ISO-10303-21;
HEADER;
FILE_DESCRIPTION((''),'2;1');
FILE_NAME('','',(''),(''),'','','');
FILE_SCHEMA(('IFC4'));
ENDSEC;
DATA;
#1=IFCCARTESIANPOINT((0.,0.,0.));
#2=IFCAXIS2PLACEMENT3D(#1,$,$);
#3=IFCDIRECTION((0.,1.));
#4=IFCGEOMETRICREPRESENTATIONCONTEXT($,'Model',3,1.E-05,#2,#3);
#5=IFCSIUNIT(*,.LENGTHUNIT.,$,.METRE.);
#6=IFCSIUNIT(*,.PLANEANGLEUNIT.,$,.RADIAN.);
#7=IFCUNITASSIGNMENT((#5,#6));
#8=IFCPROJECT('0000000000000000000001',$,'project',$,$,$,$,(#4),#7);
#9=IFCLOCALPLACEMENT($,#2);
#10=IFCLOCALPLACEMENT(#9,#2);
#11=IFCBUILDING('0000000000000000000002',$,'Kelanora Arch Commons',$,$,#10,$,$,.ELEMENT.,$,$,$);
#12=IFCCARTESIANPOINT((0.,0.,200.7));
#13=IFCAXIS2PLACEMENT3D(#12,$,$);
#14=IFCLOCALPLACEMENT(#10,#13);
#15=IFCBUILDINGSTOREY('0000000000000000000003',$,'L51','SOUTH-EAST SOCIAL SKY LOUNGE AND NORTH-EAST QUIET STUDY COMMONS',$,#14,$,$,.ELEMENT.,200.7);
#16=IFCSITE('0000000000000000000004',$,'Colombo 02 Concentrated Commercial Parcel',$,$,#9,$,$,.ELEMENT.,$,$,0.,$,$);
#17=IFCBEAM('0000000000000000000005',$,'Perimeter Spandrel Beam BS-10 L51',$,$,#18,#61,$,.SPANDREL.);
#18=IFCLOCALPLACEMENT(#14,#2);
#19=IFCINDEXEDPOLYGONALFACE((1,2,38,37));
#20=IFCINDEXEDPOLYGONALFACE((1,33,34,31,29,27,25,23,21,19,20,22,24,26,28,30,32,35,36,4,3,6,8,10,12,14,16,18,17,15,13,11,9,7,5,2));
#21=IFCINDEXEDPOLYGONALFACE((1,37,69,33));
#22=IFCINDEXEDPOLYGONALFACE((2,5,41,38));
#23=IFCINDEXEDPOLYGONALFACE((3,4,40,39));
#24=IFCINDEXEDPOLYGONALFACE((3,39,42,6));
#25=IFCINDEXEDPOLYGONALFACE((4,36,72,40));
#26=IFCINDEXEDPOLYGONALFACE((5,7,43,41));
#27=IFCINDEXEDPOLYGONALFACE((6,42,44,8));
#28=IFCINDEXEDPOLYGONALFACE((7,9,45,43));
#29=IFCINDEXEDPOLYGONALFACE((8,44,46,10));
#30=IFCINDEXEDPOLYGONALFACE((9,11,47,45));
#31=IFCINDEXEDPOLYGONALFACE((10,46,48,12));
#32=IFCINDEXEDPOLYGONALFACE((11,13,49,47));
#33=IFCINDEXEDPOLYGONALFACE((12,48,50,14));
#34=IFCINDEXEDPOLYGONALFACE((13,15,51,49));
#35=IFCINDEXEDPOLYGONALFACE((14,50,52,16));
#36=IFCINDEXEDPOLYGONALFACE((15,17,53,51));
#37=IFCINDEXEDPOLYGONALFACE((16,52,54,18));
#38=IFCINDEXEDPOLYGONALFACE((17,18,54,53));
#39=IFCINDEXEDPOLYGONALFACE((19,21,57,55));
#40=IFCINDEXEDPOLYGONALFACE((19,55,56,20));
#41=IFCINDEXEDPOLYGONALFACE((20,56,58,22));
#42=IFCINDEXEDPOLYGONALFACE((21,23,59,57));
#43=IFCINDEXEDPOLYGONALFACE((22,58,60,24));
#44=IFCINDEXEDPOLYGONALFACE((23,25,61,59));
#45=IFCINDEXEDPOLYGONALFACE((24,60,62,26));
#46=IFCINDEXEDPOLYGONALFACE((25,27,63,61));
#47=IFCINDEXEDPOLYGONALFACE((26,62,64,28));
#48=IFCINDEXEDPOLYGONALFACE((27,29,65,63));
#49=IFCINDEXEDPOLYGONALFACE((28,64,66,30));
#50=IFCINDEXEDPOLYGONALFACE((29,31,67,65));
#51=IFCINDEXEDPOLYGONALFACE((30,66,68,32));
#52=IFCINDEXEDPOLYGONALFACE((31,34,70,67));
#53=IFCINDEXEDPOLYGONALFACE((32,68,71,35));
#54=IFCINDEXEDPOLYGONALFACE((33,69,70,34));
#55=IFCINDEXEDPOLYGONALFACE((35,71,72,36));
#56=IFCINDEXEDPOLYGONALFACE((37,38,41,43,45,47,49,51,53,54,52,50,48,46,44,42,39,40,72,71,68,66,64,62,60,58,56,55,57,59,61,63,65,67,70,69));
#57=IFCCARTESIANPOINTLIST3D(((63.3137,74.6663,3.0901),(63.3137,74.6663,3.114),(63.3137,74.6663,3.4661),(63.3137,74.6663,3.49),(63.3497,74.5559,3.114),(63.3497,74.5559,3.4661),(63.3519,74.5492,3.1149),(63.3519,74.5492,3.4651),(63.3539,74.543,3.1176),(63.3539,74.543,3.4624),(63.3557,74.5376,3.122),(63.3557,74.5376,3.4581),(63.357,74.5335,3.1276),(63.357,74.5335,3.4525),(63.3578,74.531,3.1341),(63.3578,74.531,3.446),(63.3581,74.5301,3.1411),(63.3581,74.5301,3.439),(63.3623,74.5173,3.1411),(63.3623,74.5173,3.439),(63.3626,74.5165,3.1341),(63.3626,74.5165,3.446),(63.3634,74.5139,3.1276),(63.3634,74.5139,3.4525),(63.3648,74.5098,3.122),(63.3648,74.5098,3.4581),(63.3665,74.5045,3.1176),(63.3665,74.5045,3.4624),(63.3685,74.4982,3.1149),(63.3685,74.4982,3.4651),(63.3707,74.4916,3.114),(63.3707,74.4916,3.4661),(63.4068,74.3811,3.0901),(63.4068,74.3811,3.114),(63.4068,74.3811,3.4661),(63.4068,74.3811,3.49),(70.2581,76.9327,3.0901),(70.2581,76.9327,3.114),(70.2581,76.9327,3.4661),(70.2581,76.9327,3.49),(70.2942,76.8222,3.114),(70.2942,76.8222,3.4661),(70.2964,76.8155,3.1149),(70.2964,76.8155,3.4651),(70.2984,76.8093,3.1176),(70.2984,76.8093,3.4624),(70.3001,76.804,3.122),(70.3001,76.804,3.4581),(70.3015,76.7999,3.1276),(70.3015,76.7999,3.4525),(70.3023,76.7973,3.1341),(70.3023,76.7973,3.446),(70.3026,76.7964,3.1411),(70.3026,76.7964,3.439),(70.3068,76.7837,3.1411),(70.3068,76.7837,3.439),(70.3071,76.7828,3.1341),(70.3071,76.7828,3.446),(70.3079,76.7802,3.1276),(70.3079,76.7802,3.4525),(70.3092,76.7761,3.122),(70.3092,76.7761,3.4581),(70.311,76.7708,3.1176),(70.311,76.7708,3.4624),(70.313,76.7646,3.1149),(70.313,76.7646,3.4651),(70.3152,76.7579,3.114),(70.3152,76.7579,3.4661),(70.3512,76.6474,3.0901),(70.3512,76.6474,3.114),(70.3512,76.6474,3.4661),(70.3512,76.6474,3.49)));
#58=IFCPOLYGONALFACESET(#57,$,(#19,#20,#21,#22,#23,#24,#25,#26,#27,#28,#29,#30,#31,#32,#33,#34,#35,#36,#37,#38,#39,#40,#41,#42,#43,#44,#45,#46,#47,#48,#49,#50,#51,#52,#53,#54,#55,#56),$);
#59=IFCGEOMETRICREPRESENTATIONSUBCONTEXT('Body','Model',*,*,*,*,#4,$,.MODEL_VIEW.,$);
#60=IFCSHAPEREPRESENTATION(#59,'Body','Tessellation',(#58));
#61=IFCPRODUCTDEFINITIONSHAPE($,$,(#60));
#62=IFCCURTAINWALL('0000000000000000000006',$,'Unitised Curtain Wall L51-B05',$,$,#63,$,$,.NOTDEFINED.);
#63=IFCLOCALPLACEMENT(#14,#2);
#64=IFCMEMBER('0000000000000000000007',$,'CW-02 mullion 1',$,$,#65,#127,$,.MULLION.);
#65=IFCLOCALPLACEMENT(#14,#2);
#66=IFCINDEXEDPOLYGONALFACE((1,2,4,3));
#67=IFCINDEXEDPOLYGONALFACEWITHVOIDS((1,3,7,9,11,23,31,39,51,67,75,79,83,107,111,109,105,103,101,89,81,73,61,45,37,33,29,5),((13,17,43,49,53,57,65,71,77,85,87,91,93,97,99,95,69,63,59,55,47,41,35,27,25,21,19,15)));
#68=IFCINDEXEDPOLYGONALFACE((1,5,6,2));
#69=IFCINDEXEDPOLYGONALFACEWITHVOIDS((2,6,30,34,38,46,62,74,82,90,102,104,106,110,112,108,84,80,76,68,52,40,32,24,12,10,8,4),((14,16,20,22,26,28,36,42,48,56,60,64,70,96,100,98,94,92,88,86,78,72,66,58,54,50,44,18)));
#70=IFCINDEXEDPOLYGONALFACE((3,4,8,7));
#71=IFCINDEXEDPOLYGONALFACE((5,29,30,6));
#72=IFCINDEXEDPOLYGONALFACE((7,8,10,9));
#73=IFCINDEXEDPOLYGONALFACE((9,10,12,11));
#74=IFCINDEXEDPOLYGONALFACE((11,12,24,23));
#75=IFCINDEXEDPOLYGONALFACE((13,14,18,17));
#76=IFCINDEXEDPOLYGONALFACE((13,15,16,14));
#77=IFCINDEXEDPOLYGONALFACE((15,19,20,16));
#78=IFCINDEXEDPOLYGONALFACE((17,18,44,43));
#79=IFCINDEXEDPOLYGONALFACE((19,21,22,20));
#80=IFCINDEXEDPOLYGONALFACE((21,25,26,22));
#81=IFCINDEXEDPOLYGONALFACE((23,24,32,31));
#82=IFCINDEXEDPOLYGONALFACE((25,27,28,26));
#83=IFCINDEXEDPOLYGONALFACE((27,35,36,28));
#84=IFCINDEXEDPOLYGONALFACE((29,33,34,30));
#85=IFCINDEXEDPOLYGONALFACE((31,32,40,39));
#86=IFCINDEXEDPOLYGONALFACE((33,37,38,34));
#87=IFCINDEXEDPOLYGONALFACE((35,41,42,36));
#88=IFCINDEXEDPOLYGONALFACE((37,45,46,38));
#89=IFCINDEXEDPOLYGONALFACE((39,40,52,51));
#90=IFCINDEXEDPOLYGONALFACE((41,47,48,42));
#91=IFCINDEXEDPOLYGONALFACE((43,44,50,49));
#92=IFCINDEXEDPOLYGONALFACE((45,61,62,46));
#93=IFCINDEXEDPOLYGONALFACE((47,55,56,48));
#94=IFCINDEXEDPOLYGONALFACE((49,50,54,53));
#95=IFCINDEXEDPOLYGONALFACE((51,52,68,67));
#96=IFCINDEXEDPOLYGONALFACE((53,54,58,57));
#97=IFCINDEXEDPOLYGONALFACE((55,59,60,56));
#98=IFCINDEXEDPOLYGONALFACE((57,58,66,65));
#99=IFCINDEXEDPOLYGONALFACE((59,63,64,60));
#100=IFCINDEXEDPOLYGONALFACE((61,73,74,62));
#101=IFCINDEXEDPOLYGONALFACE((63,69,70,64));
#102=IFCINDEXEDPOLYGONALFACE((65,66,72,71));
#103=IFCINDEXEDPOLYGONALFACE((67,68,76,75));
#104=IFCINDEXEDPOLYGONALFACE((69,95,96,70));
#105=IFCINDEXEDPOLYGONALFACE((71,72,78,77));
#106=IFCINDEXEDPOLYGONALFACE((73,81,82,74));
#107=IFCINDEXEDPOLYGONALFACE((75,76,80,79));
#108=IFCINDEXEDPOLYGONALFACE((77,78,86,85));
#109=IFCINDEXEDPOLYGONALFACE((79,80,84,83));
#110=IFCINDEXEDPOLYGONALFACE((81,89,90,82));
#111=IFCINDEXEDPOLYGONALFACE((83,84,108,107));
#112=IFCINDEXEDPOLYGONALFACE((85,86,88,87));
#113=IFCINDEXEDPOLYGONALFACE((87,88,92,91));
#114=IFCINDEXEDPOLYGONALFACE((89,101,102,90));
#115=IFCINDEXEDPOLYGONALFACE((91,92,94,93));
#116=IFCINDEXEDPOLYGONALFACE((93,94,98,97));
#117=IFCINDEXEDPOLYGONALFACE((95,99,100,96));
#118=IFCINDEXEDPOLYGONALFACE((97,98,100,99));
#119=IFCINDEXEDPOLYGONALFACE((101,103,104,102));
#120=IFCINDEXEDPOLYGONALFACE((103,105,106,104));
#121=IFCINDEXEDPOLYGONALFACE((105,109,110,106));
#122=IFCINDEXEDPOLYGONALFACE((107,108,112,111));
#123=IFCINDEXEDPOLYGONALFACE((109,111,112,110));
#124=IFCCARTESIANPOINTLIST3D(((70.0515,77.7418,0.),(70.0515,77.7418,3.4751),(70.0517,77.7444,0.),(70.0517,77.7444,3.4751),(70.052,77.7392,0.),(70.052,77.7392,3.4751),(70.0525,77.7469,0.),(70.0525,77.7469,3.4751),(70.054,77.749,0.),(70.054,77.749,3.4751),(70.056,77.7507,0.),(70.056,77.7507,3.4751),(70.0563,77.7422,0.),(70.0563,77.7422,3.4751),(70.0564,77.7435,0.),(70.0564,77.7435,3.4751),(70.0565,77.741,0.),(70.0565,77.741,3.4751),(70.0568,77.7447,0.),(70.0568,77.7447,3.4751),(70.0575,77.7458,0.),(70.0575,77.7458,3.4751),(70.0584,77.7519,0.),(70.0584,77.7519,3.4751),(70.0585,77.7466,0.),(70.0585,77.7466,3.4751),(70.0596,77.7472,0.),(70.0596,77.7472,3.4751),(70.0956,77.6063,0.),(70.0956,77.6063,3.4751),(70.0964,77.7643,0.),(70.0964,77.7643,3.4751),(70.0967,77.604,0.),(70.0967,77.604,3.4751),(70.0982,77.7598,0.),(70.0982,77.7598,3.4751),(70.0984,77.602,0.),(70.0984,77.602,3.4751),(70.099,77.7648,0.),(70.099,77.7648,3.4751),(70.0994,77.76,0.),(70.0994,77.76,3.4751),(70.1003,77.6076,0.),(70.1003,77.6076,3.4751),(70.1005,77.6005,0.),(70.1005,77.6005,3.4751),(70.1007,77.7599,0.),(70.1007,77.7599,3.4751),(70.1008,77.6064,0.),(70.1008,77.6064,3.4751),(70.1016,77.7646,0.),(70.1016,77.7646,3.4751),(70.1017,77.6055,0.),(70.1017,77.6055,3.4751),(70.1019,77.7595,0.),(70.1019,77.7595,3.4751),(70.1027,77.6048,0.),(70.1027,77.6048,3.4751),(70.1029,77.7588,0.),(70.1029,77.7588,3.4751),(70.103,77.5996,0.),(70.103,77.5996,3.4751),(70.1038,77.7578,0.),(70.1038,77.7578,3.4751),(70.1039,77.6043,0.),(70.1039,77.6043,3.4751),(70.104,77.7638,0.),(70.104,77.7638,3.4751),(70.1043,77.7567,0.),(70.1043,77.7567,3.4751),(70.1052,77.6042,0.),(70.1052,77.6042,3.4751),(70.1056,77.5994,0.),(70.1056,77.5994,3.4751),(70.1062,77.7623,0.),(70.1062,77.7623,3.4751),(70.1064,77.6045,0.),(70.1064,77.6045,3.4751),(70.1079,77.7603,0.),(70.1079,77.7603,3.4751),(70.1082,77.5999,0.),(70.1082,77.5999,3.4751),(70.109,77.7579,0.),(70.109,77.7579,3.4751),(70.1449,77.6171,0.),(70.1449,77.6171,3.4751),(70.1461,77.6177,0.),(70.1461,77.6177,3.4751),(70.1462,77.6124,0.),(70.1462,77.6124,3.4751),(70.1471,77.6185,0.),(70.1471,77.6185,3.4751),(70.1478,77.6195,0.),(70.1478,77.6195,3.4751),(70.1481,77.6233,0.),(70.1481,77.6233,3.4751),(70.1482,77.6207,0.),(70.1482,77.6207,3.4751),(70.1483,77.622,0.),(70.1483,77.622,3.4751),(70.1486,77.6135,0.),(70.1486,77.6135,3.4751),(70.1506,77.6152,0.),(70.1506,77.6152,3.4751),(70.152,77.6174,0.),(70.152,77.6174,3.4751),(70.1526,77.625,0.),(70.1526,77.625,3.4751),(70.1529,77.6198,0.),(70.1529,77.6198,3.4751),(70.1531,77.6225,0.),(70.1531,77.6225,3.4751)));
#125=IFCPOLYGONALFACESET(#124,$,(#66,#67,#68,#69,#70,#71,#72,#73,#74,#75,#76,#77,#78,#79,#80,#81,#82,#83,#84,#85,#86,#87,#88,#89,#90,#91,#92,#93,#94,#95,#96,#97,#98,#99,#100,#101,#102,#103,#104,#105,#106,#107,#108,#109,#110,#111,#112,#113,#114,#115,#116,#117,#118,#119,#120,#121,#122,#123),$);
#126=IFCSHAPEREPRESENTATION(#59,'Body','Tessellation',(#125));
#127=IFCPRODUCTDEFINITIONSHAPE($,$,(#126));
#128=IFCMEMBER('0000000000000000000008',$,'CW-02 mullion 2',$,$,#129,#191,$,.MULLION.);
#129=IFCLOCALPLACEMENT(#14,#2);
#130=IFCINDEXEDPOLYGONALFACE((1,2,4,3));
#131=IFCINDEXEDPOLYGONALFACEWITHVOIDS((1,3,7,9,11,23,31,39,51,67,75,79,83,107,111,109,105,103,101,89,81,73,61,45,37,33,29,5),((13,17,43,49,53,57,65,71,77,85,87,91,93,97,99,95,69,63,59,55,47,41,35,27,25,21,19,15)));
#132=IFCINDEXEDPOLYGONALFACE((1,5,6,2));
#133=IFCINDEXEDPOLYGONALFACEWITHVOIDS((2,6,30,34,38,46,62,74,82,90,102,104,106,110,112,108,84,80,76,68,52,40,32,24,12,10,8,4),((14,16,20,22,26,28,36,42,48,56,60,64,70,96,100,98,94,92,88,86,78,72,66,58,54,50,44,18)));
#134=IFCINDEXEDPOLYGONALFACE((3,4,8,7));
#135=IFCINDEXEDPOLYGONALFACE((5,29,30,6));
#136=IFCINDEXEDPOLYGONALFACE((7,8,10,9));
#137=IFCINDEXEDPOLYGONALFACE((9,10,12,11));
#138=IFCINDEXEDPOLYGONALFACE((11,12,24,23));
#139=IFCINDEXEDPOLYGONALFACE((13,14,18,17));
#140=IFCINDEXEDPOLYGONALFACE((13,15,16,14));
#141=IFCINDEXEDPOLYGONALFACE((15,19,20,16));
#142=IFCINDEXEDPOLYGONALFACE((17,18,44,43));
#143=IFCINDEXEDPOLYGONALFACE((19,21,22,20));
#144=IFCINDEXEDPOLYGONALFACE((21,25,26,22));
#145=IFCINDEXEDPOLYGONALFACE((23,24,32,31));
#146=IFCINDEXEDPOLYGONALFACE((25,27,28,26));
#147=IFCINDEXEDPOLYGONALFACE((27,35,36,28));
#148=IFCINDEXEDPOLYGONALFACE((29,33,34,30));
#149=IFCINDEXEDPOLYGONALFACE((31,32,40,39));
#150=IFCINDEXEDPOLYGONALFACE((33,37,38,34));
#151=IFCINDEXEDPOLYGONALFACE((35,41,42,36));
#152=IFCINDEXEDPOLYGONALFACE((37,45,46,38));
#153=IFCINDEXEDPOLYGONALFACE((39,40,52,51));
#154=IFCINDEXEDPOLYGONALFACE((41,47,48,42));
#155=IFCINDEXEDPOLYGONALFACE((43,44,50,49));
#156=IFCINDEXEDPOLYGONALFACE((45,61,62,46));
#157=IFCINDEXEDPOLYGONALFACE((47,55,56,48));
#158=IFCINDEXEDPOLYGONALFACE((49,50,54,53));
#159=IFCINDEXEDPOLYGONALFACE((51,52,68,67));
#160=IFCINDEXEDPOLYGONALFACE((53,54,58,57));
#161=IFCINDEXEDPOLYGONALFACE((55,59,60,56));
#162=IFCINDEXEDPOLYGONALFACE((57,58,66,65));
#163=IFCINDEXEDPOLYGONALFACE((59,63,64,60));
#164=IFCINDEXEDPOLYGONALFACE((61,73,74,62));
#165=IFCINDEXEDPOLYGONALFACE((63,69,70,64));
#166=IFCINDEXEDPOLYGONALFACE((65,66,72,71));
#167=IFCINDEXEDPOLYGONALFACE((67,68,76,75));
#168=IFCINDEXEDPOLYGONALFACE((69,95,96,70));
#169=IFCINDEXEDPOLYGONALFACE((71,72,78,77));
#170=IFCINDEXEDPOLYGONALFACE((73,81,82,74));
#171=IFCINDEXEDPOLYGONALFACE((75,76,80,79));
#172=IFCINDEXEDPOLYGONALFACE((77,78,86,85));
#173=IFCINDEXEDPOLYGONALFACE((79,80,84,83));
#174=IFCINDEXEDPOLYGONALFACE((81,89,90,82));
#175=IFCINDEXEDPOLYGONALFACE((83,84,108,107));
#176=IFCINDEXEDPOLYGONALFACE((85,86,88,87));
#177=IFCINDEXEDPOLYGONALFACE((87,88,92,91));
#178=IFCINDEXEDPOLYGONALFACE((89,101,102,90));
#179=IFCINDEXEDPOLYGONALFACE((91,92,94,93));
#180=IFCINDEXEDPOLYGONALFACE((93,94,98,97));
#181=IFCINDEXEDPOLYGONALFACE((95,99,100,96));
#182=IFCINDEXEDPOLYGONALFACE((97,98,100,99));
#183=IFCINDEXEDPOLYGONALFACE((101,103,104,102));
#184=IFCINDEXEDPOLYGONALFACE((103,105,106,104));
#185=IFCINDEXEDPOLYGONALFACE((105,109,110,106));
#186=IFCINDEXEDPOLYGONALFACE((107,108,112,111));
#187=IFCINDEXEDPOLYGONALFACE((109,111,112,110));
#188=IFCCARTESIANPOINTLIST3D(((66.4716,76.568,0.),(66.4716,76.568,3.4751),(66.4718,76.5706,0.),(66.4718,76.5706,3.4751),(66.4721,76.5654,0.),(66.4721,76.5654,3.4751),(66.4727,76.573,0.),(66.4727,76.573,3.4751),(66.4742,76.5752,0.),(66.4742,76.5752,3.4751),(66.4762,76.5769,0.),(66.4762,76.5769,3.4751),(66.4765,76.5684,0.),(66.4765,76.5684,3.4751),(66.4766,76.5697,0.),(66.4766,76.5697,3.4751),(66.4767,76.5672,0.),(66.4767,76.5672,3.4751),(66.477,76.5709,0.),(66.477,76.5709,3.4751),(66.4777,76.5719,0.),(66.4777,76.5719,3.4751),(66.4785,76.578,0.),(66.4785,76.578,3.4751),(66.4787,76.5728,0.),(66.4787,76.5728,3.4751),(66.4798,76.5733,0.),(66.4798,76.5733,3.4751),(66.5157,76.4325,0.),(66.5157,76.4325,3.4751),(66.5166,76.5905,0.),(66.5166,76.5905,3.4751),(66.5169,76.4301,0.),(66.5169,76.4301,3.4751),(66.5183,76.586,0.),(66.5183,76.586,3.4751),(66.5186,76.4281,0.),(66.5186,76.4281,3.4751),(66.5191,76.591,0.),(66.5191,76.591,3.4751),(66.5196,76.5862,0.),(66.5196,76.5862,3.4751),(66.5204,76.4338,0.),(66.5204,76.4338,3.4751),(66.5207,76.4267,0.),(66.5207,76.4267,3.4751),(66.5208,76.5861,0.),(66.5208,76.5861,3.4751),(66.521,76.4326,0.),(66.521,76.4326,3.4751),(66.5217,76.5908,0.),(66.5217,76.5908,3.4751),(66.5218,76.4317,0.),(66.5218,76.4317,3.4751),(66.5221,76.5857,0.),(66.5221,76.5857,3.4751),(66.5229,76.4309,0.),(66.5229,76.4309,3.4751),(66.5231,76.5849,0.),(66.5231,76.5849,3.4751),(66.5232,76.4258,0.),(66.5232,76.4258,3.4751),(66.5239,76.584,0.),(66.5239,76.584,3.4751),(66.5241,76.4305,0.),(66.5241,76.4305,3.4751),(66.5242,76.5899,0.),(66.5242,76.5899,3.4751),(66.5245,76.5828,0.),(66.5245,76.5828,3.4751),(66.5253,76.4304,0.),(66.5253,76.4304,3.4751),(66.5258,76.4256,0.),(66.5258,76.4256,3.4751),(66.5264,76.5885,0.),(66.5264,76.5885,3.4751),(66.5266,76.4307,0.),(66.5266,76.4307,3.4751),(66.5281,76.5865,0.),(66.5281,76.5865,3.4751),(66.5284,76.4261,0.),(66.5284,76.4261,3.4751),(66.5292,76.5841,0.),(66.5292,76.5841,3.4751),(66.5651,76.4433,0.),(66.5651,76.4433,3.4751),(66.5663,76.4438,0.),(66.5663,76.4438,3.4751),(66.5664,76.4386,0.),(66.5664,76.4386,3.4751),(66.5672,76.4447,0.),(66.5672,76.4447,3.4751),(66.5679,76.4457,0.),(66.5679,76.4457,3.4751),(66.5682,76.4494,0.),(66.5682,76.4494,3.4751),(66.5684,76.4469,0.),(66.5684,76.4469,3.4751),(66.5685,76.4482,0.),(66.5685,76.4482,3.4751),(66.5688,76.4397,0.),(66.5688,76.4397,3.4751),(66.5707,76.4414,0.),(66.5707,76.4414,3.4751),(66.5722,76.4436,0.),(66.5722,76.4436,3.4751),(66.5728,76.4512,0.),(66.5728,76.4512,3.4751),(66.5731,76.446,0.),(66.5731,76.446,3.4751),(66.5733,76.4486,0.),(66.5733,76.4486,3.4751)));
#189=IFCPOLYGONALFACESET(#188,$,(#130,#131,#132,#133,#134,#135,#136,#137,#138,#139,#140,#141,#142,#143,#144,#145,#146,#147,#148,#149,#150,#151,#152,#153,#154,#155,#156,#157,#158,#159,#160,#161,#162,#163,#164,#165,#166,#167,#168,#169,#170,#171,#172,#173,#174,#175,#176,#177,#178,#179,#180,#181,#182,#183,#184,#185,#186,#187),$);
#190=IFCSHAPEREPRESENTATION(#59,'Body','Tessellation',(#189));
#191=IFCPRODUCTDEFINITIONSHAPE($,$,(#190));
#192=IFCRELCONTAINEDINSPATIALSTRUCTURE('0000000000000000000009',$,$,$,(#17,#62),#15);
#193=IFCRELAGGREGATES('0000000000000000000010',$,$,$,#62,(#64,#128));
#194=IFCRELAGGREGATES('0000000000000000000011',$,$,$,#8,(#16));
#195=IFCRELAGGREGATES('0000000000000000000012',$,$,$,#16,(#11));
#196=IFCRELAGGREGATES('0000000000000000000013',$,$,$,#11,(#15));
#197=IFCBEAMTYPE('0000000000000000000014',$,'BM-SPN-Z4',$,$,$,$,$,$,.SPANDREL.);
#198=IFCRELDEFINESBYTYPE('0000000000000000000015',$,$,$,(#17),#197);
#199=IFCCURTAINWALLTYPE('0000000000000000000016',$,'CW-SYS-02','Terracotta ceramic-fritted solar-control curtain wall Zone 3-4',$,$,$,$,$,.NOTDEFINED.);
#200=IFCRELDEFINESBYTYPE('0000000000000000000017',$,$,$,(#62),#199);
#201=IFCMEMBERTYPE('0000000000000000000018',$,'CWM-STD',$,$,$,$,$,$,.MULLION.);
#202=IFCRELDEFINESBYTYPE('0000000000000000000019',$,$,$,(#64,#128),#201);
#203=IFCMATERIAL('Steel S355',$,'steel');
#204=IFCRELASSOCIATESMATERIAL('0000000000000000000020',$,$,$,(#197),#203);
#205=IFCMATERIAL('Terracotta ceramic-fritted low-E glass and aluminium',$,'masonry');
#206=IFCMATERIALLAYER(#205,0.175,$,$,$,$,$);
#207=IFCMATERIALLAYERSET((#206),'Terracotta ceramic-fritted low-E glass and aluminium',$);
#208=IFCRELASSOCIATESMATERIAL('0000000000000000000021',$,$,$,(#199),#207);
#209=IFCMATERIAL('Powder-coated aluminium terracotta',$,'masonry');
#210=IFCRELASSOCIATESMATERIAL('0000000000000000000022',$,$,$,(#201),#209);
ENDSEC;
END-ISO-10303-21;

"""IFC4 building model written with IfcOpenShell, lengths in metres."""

from ifc_helpers import new_model, si_unit, direction, frame, origin, origin_2d, place, context, subcontext, project, spatial, hollow_rectangle, i_section, extrude, material, layer, layer_set, material_profile, profile_set, type_object, element, aggregate, save


model = new_model("IFC4")

# Units and contexts
model_context = context("Model", 3, precision=1e-05, world=origin(), true_north=direction((0.0, 1.0)))
body_context = subcontext(model_context, "Body", "Model", "MODEL_VIEW")
ifc_project = project(units=[si_unit("LENGTHUNIT", "METRE"), si_unit("PLANEANGLEUNIT", "RADIAN")], contexts=[model_context])

# Site, building, storey
site_placement = place(None, origin())
site = spatial("IfcSite", under=ifc_project, at=site_placement, Name="Colombo 02 Concentrated Commercial Parcel", CompositionType="ELEMENT", RefElevation=0.0)
building_placement = place(site_placement, origin())
building = spatial("IfcBuilding", under=site, at=building_placement, Name="Kelanora Arch Commons", CompositionType="ELEMENT")
storey_placement = place(building_placement, frame((0.0, 0.0, 200.7)))
storey = spatial("IfcBuildingStorey", under=building, at=storey_placement, Name="L51", Description="SOUTH-EAST SOCIAL SKY LOUNGE AND NORTH-EAST QUIET STUDY COMMONS", CompositionType="ELEMENT", Elevation=200.7)

# Beam
ifc_material_1 = material(Name="Steel S355", Category="steel")
ifc_material_profile_1 = material_profile(ifc_material_1, i_section(OverallWidth=0.3, OverallDepth=0.3999, WebThickness=0.0134, FlangeThickness=0.0239, FilletRadius=0.0271, at=origin_2d()), Name="HEB400")
ifc_profile_set_1 = profile_set([ifc_material_profile_1], Name="Steel S355")
beam_type_1 = type_object("IfcBeamType", Name="BM-SPN-Z4", PredefinedType="SPANDREL", material=ifc_profile_set_1)
beam_1_placement = place(storey_placement, frame((70.3047, 76.79, 3.29), z_axis=(-0.950656, -0.310246, 0.0), x_axis=(0.310246, -0.950656, 0.0)))
element("IfcBeam", 1, at=beam_1_placement, inside=storey, type_object=beam_type_1, Name="Perimeter Spandrel Beam BS-10 L51", PredefinedType="SPANDREL", context=body_context, shape_type="SweptSolid", body=[
    extrude(i_section(OverallWidth=0.3, OverallDepth=0.3999, WebThickness=0.0134, FlangeThickness=0.0239, FilletRadius=0.0271, at=origin_2d()), origin(), (0.0, 0.0, 1.0), 7.3049),
])

# Curtain wall, members
ifc_material_2 = material(Name="Terracotta ceramic-fritted low-E glass and aluminium", Category="masonry")
ifc_layer_1 = layer(ifc_material_2, 0.175)
ifc_layer_set_1 = layer_set([ifc_layer_1], Name="Terracotta ceramic-fritted low-E glass and aluminium")
curtain_wall_type = type_object("IfcCurtainWallType", Name="CW-SYS-02", Description="Terracotta ceramic-fritted solar-control curtain wall Zone 3-4", PredefinedType="NOTDEFINED", material=ifc_layer_set_1)
curtain_wall_placement = place(storey_placement, origin())
curtain_wall = element("IfcCurtainWall", 2, at=curtain_wall_placement, inside=storey, type_object=curtain_wall_type, Name="Unitised Curtain Wall L51-B05", PredefinedType="NOTDEFINED")
ifc_material_3 = material(Name="Powder-coated aluminium terracotta", Category="masonry")
ifc_material_profile_2 = material_profile(ifc_material_3, hollow_rectangle(XDim=0.1599, YDim=0.0601, WallThickness=0.0049, InnerFilletRadius=0.0049, OuterFilletRadius=0.01, at=origin_2d()), Name="CWM160x60")
ifc_profile_set_2 = profile_set([ifc_material_profile_2], Name="Powder-coated aluminium terracotta")
member_type_1 = type_object("IfcMemberType", Name="CWM-STD", PredefinedType="MULLION", material=ifc_profile_set_2)
member_1_placement = place(storey_placement, frame((70.1023, 77.6821, 0.0), z_axis=(0.0, 0.0, 1.0), x_axis=(0.311582, -0.950219, 0.0)))
member_1 = element("IfcMember", 3, at=member_1_placement, type_object=member_type_1, Name="CW-02 mullion 1", PredefinedType="MULLION", context=body_context, shape_type="SweptSolid", body=[
    extrude(hollow_rectangle(XDim=0.1599, YDim=0.0601, WallThickness=0.0049, InnerFilletRadius=0.0049, OuterFilletRadius=0.01, at=origin_2d()), origin(), (0.0, 0.0, 1.0), 3.4751),
])
member_2_placement = place(storey_placement, frame((66.5225, 76.5083, 0.0), z_axis=(0.0, 0.0, 1.0), x_axis=(0.311582, -0.950219, 0.0)))
member_2 = element("IfcMember", 4, at=member_2_placement, type_object=member_type_1, Name="CW-02 mullion 2", PredefinedType="MULLION", context=body_context, shape_type="SweptSolid", body=[
    extrude(hollow_rectangle(XDim=0.1599, YDim=0.0601, WallThickness=0.0049, InnerFilletRadius=0.0049, OuterFilletRadius=0.01, at=origin_2d()), origin(), (0.0, 0.0, 1.0), 3.4751),
])
aggregate(curtain_wall, [member_1, member_2])

save(model, "model.ifc")
